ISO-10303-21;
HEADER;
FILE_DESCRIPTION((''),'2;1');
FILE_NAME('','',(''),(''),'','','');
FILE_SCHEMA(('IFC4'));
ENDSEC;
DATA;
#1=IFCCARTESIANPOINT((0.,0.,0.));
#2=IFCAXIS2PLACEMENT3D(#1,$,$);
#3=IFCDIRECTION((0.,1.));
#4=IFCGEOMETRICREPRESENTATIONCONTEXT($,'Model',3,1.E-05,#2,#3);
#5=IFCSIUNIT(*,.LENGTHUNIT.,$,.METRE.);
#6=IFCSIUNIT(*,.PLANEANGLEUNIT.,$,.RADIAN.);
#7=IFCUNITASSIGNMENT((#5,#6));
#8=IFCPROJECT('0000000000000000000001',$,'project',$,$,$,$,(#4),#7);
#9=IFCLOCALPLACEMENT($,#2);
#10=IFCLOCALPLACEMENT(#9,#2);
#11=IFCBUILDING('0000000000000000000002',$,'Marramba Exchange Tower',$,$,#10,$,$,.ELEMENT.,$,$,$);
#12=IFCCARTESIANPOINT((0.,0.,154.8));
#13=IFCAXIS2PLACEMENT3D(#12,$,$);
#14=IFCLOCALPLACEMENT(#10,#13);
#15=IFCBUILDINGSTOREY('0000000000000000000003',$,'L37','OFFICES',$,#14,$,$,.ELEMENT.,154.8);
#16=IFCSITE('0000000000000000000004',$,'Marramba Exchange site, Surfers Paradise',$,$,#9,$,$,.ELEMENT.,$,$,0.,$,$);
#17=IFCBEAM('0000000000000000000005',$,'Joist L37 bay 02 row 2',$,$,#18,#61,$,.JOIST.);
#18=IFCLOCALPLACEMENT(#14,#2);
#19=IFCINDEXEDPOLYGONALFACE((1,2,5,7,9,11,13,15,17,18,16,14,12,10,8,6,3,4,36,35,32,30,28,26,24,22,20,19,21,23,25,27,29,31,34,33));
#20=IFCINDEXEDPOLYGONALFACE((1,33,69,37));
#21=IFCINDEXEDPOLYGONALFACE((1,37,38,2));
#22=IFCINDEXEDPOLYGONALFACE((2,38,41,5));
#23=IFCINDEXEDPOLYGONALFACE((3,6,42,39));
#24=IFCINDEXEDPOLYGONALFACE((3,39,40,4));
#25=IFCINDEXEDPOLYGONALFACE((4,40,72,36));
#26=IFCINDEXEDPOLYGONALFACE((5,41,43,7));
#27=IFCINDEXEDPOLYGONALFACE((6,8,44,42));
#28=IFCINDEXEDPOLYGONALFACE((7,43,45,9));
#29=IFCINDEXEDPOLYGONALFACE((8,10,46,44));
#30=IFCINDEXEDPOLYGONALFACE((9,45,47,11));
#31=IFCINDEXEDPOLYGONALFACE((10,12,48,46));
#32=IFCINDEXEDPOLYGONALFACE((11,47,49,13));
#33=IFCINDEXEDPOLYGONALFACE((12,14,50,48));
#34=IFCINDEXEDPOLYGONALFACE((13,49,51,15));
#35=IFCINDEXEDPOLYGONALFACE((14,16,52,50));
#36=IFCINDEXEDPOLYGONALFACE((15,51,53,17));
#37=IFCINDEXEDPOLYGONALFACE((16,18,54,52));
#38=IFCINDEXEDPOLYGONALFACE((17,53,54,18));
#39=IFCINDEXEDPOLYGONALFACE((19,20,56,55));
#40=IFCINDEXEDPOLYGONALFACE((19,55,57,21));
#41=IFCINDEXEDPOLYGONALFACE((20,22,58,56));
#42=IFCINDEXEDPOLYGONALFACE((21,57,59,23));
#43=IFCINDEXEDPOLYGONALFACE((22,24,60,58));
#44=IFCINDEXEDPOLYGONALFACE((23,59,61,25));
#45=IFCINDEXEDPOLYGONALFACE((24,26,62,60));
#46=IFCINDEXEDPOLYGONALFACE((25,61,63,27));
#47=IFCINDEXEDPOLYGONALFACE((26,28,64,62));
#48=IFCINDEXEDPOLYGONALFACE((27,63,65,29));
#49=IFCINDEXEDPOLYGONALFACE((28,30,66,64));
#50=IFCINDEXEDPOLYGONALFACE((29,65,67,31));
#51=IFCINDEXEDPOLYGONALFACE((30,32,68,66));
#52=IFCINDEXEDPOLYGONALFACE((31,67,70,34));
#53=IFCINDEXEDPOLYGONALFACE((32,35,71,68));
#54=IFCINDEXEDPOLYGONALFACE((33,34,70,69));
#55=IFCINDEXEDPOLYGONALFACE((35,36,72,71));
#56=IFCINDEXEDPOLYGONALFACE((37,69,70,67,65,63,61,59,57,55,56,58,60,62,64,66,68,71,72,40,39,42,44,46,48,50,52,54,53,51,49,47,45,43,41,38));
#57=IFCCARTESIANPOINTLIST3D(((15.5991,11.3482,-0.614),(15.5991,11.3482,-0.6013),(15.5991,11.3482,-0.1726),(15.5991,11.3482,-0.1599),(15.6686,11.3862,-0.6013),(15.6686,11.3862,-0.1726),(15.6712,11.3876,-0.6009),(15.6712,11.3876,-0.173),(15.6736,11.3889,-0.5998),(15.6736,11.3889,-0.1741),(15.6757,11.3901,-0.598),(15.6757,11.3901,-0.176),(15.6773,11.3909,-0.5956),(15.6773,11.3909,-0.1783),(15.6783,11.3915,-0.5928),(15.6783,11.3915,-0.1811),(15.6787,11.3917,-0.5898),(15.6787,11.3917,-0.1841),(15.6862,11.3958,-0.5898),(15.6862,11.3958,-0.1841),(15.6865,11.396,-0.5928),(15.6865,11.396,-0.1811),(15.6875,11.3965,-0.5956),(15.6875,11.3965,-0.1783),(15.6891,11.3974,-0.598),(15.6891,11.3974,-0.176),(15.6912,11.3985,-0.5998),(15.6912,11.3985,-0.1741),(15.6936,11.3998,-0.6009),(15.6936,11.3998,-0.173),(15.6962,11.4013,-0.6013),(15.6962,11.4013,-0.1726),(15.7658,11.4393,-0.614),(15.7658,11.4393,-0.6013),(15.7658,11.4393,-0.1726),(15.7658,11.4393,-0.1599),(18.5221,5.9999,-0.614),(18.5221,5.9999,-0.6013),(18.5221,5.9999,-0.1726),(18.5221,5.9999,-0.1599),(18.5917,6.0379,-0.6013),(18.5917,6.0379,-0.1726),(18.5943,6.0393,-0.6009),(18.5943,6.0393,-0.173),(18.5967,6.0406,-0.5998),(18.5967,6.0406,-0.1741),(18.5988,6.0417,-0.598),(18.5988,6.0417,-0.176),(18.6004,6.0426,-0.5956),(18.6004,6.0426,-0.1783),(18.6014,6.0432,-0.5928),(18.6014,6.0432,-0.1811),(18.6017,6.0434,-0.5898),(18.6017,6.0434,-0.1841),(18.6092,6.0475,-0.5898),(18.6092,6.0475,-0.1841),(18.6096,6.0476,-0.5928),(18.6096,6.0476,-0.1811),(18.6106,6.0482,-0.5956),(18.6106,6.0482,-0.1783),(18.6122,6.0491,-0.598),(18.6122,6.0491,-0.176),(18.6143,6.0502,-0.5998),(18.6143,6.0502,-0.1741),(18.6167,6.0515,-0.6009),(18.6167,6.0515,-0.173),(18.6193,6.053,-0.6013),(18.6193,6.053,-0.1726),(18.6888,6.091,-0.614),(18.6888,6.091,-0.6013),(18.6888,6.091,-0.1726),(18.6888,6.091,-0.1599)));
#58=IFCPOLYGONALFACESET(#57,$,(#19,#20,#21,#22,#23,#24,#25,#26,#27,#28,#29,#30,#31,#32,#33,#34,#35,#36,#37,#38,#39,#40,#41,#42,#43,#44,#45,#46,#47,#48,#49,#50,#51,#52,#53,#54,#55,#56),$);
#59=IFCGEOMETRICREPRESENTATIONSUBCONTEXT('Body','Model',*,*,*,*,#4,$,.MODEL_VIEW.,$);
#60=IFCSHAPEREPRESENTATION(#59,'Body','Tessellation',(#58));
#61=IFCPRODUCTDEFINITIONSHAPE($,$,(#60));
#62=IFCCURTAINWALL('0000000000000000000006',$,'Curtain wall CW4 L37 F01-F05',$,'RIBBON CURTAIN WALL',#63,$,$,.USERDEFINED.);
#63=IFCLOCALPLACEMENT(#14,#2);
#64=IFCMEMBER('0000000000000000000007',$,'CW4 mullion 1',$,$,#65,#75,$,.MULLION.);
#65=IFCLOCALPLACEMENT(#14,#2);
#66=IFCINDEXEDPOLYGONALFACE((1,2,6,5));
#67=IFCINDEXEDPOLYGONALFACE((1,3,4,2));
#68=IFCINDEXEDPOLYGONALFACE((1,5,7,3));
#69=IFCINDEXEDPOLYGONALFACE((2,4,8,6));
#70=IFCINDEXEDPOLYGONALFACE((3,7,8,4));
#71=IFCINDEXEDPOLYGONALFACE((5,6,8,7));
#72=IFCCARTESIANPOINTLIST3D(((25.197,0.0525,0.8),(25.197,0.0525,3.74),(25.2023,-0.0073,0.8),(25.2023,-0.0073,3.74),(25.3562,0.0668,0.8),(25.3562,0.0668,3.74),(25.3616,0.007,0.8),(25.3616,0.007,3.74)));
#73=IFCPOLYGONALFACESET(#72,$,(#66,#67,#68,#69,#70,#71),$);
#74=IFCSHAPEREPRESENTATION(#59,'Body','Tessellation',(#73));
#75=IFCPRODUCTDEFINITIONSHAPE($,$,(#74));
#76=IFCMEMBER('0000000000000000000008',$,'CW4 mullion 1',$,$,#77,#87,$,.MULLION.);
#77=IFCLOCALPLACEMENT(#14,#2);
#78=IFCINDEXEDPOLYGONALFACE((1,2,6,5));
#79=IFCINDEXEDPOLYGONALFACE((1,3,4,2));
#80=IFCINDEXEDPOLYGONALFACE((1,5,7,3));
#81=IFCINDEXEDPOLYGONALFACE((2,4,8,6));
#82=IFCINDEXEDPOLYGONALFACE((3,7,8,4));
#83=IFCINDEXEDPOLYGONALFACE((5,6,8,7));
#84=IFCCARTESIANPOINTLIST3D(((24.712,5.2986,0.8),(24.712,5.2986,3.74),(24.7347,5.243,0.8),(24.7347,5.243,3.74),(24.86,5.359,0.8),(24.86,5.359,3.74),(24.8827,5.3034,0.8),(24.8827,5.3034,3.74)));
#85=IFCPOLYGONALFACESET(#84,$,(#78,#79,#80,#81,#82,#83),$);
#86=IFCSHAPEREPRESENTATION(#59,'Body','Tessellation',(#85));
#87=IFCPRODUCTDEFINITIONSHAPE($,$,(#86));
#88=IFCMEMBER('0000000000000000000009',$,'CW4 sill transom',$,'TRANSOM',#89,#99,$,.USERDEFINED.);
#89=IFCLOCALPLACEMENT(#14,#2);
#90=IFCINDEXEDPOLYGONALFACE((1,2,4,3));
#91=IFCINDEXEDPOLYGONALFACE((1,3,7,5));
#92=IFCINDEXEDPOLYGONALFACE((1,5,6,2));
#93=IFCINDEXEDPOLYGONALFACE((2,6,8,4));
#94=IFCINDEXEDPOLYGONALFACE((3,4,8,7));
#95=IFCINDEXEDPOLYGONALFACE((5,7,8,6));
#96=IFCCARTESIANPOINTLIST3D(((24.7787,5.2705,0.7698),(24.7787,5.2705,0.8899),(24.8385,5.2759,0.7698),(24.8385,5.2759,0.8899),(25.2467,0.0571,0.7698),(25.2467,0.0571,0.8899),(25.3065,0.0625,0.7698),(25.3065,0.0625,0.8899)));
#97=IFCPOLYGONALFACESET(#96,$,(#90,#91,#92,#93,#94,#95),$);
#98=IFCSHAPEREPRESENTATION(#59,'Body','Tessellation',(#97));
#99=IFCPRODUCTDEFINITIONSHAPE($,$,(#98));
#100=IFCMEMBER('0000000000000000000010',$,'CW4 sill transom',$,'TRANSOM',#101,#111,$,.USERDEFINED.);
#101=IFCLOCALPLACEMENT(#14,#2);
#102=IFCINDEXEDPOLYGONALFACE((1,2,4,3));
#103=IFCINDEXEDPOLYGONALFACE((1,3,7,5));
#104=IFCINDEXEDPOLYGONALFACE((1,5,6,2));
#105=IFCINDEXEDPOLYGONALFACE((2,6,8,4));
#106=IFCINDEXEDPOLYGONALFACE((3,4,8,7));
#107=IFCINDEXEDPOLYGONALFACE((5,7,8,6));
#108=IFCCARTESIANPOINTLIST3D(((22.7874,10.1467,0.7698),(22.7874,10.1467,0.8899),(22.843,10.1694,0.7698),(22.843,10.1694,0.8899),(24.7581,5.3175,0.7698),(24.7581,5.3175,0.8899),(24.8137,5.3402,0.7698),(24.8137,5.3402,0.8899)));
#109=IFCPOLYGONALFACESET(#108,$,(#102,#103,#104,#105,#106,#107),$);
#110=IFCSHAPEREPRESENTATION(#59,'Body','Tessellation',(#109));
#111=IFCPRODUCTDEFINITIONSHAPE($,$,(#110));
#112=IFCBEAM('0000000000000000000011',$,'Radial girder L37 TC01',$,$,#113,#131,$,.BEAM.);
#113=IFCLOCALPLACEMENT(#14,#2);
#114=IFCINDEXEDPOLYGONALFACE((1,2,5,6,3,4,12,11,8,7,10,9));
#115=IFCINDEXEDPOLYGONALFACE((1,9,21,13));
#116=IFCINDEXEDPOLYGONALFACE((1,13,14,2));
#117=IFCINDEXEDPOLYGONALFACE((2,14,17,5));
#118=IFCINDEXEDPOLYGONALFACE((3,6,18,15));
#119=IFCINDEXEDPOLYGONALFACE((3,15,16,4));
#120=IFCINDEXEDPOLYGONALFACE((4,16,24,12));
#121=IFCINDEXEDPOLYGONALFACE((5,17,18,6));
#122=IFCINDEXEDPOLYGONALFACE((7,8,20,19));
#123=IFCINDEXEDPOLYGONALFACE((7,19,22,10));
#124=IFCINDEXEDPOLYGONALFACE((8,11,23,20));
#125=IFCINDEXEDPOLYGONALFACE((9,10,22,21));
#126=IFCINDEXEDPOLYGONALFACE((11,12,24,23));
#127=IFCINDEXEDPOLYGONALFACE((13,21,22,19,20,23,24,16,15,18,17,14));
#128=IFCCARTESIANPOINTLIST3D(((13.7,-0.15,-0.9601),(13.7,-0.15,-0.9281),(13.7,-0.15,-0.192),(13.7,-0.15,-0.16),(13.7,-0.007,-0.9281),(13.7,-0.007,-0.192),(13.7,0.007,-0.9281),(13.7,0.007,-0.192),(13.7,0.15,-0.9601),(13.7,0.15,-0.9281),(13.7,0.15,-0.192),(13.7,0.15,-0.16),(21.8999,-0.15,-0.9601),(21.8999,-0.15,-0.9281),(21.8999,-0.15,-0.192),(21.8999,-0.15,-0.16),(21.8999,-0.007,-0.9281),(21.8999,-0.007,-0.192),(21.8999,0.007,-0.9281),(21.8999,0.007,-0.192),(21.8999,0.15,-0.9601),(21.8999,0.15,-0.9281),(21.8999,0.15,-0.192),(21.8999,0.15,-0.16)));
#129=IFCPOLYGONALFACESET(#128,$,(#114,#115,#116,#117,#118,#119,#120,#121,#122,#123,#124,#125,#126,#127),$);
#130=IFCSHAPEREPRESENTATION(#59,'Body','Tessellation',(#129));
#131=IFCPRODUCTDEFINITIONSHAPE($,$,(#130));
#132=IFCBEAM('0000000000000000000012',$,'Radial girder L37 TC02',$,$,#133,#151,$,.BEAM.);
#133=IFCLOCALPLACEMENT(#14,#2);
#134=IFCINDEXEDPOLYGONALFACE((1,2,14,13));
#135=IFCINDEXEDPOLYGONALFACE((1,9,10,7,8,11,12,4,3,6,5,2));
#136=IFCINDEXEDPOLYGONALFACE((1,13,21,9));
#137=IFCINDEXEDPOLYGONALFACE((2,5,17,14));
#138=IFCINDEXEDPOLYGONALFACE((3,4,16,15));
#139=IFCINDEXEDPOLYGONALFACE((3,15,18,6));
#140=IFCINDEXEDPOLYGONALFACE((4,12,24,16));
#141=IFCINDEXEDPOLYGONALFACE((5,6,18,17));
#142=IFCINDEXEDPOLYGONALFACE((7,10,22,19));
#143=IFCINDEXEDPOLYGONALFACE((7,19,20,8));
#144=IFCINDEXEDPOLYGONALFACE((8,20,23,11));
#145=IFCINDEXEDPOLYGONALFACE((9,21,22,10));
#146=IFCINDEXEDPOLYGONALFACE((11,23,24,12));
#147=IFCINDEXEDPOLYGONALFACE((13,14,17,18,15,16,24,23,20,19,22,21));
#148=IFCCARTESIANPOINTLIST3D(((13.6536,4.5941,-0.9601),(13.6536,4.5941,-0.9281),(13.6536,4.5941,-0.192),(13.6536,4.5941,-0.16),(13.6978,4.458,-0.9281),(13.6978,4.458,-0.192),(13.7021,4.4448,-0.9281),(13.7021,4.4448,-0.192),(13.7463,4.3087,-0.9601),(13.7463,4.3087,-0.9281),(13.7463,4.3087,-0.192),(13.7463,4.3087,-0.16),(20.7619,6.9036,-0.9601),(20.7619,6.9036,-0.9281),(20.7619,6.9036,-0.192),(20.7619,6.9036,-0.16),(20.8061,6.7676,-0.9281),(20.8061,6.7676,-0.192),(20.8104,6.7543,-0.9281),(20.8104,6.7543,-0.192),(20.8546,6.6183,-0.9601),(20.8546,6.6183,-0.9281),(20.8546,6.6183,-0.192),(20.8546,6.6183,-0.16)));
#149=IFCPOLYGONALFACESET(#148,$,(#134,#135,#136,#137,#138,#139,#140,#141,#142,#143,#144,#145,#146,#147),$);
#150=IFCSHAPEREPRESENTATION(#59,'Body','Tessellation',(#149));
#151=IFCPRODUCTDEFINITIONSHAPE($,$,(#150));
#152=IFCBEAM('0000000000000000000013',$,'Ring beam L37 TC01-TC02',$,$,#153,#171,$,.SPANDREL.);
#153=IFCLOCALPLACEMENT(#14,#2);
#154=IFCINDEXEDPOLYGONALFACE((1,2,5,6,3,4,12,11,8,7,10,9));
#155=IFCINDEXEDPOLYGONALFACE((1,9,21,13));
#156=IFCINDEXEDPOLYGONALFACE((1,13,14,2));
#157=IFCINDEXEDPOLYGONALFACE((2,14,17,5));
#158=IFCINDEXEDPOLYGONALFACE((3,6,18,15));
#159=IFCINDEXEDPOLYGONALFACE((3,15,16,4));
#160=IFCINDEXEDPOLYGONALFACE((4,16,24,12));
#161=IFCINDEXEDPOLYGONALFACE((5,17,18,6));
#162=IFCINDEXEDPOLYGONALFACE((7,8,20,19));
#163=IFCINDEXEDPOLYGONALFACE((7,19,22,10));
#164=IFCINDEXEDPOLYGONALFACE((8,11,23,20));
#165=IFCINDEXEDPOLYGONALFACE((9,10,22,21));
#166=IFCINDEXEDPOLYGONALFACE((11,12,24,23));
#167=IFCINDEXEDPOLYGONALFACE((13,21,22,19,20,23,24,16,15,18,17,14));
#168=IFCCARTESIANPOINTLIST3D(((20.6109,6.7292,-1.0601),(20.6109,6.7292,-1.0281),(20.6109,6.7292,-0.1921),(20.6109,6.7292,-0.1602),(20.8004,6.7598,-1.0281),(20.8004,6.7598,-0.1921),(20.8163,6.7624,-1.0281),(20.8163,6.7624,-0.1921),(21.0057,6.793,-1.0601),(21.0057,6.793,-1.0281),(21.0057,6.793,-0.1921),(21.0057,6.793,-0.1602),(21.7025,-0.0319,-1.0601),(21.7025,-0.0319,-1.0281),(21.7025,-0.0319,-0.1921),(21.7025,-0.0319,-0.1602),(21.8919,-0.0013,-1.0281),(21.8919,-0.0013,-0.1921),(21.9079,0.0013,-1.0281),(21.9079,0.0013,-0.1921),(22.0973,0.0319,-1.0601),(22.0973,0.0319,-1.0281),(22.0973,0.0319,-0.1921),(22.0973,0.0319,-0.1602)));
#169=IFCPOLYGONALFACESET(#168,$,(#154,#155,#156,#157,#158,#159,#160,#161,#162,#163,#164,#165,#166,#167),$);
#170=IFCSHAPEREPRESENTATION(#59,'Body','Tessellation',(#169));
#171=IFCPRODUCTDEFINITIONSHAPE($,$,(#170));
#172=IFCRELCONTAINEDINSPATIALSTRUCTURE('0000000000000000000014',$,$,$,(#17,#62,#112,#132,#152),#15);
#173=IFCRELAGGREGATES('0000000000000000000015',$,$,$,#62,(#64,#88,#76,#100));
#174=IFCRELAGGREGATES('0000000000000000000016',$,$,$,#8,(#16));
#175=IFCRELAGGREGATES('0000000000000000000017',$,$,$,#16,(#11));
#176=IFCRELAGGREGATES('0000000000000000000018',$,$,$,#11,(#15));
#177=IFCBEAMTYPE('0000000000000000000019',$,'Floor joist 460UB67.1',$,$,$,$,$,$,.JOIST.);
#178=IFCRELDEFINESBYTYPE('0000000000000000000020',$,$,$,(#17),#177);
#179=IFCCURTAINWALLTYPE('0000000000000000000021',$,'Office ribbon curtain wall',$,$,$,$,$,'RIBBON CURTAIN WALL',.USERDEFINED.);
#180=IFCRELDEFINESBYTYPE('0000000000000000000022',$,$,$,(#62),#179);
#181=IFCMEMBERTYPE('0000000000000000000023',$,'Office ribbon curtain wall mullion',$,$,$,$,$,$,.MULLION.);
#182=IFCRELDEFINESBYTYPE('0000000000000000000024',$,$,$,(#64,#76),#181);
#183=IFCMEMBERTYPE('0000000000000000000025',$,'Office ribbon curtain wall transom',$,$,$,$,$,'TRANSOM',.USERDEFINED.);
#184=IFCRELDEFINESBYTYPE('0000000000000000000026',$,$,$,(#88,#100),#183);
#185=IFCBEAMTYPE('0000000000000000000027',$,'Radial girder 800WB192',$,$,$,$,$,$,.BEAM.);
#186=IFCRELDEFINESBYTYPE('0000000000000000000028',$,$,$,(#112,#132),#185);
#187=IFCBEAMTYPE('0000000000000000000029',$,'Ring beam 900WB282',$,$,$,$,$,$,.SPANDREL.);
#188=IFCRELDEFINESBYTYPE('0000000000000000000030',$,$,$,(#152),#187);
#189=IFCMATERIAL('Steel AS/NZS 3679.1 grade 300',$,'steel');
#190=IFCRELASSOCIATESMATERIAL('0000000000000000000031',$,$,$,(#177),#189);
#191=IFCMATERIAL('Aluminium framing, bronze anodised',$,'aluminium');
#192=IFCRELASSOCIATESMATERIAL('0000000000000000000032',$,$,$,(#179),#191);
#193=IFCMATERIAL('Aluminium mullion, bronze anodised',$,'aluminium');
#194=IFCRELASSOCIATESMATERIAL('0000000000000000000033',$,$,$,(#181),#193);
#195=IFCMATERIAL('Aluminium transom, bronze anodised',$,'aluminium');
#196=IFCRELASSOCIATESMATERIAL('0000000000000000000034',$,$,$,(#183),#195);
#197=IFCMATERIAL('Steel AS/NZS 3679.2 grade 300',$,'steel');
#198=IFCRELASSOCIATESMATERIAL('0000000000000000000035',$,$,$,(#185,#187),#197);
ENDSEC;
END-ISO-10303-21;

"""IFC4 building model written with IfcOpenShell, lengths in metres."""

from ifc_helpers import new_model, si_unit, direction, frame, origin, origin_2d, place, context, subcontext, project, spatial, rectangle, i_section, extrude, material, material_profile, profile_set, type_object, element, aggregate, save


model = new_model("IFC4")

# Units and contexts
model_context = context("Model", 3, precision=1e-05, world=origin(), true_north=direction((0.0, 1.0)))
body_context = subcontext(model_context, "Body", "Model", "MODEL_VIEW")
ifc_project = project(units=[si_unit("LENGTHUNIT", "METRE"), si_unit("PLANEANGLEUNIT", "RADIAN")], contexts=[model_context])

# Site, building, storey
site_placement = place(None, origin())
site = spatial("IfcSite", under=ifc_project, at=site_placement, Name="Marramba Exchange site, Surfers Paradise", CompositionType="ELEMENT", RefElevation=0.0)
building_placement = place(site_placement, origin())
building = spatial("IfcBuilding", under=site, at=building_placement, Name="Marramba Exchange Tower", CompositionType="ELEMENT")
storey_placement = place(building_placement, frame((0.0, 0.0, 154.8)))
storey = spatial("IfcBuildingStorey", under=building, at=storey_placement, Name="L37", Description="OFFICES", CompositionType="ELEMENT", Elevation=154.8)

# Beam
ifc_material_1 = material(Name="Steel AS/NZS 3679.2 grade 300", Category="steel")
ifc_material_2 = material(Name="Steel AS/NZS 3679.1 grade 300", Category="steel")
ifc_material_profile_1 = material_profile(ifc_material_2, i_section(OverallWidth=0.1899, OverallDepth=0.4541, WebThickness=0.0085, FlangeThickness=0.0127, FilletRadius=0.0115, at=origin_2d()), Name="460UB67.1")
ifc_profile_set_1 = profile_set([ifc_material_profile_1], Name="Steel AS/NZS 3679.1 grade 300")
beam_type_1 = type_object("IfcBeamType", Name="Floor joist 460UB67.1", PredefinedType="JOIST", material=ifc_profile_set_1)
beam_1_placement = place(storey_placement, frame((18.6055, 6.0454, -0.387), z_axis=(-0.479584, 0.877496, 0.0), x_axis=(-0.877496, -0.479584, 0.0)))
element("IfcBeam", 1, at=beam_1_placement, inside=storey, type_object=beam_type_1, Name="Joist L37 bay 02 row 2", PredefinedType="JOIST", context=body_context, shape_type="SweptSolid", body=[
    extrude(i_section(OverallWidth=0.1899, OverallDepth=0.4541, WebThickness=0.0085, FlangeThickness=0.0127, FilletRadius=0.0115, at=origin_2d()), origin(), (0.0, 0.0, 1.0), 6.095),
])

# Curtain wall, members
ifc_material_3 = material(Name="Aluminium framing, bronze anodised", Category="aluminium")
curtain_wall_type = type_object("IfcCurtainWallType", Name="Office ribbon curtain wall", ElementType="RIBBON CURTAIN WALL", PredefinedType="USERDEFINED", material=ifc_material_3)
curtain_wall_placement = place(storey_placement, origin())
curtain_wall = element("IfcCurtainWall", 2, at=curtain_wall_placement, inside=storey, type_object=curtain_wall_type, Name="Curtain wall CW4 L37 F01-F05", ObjectType="RIBBON CURTAIN WALL", PredefinedType="USERDEFINED")
ifc_material_4 = material(Name="Aluminium mullion, bronze anodised", Category="aluminium")
ifc_material_profile_2 = material_profile(ifc_material_4, rectangle(XDim=0.1599, YDim=0.0601, at=origin_2d()), Name="CW4 mullion 60x160")
ifc_profile_set_2 = profile_set([ifc_material_profile_2], Name="Aluminium mullion, bronze anodised")
member_type_1 = type_object("IfcMemberType", Name="Office ribbon curtain wall mullion", PredefinedType="MULLION", material=ifc_profile_set_2)
member_1_placement = place(storey_placement, frame((25.2793, 0.0298, 0.8), z_axis=(0.0, 0.0, 1.0), x_axis=(-0.995995, -0.089413, 0.0)))
member_1 = element("IfcMember", 3, at=member_1_placement, type_object=member_type_1, Name="CW4 mullion 1", PredefinedType="MULLION", context=body_context, shape_type="SweptSolid", body=[
    extrude(rectangle(XDim=0.1599, YDim=0.0601, at=origin_2d()), origin(), (0.0, 0.0, 1.0), 2.9399),
])
member_2_placement = place(storey_placement, frame((24.7974, 5.301, 0.8), z_axis=(0.0, 0.0, 1.0), x_axis=(-0.925879, -0.377821, 0.0)))
member_2 = element("IfcMember", 4, at=member_2_placement, type_object=member_type_1, Name="CW4 mullion 1", PredefinedType="MULLION", context=body_context, shape_type="SweptSolid", body=[
    extrude(rectangle(XDim=0.1599, YDim=0.0601, at=origin_2d()), origin(), (0.0, 0.0, 1.0), 2.9399),
])
ifc_material_5 = material(Name="Aluminium transom, bronze anodised", Category="aluminium")
ifc_material_profile_3 = material_profile(ifc_material_5, rectangle(XDim=0.0601, YDim=0.1201, at=origin_2d()), Name="CW4 transom 60x120")
ifc_profile_set_3 = profile_set([ifc_material_profile_3], Name="Aluminium transom, bronze anodised")
member_type_2 = type_object("IfcMemberType", Name="Office ribbon curtain wall transom", ElementType="TRANSOM", PredefinedType="USERDEFINED", material=ifc_profile_set_3)
member_3_placement = place(storey_placement, frame((25.2766, 0.0598, 0.8298), z_axis=(-0.089413, 0.995995, 0.0), x_axis=(-0.995995, -0.089413, 0.0)))
member_3 = element("IfcMember", 5, at=member_3_placement, type_object=member_type_2, Name="CW4 sill transom", ObjectType="TRANSOM", PredefinedType="USERDEFINED", context=body_context, shape_type="SweptSolid", body=[
    extrude(rectangle(XDim=0.0601, YDim=0.1201, at=origin_2d()), origin(), (0.0, 0.0, 1.0), 5.2344),
])
member_4_placement = place(storey_placement, frame((24.7859, 5.3289, 0.8298), z_axis=(-0.377838, 0.925872, 0.0), x_axis=(-0.925872, -0.377838, 0.0)))
member_4 = element("IfcMember", 6, at=member_4_placement, type_object=member_type_2, Name="CW4 sill transom", ObjectType="TRANSOM", PredefinedType="USERDEFINED", context=body_context, shape_type="SweptSolid", body=[
    extrude(rectangle(XDim=0.0601, YDim=0.1201, at=origin_2d()), origin(), (0.0, 0.0, 1.0), 5.2158),
])

# Beams
ifc_material_profile_4 = material_profile(ifc_material_1, i_section(OverallWidth=0.3, OverallDepth=0.8, WebThickness=0.0139, FlangeThickness=0.032, at=origin_2d()), Name="800WB192")
ifc_profile_set_4 = profile_set([ifc_material_profile_4], Name="Steel AS/NZS 3679.2 grade 300")
beam_type_2 = type_object("IfcBeamType", Name="Radial girder 800WB192", PredefinedType="BEAM", material=ifc_profile_set_4)
beam_2_placement = place(storey_placement, frame((13.7, 0.0, -0.5601), z_axis=(1.0, 0.0, 0.0), x_axis=(0.0, 1.0, 0.0)))
element("IfcBeam", 7, at=beam_2_placement, inside=storey, type_object=beam_type_2, Name="Radial girder L37 TC01", PredefinedType="BEAM", context=body_context, shape_type="SweptSolid", body=[
    extrude(i_section(OverallWidth=0.3, OverallDepth=0.8, WebThickness=0.0139, FlangeThickness=0.032, at=origin_2d()), origin(), (0.0, 0.0, 1.0), 8.2),
])
beam_3_placement = place(storey_placement, frame((13.7, 4.4514, -0.5601), z_axis=(0.95106, 0.309006, 0.0), x_axis=(-0.309006, 0.95106, 0.0)))
element("IfcBeam", 8, at=beam_3_placement, inside=storey, type_object=beam_type_2, Name="Radial girder L37 TC02", PredefinedType="BEAM", context=body_context, shape_type="SweptSolid", body=[
    extrude(i_section(OverallWidth=0.3, OverallDepth=0.8, WebThickness=0.0139, FlangeThickness=0.032, at=origin_2d()), origin(), (0.0, 0.0, 1.0), 7.4741),
])
ifc_material_profile_5 = material_profile(ifc_material_1, i_section(OverallWidth=0.3999, OverallDepth=0.8999, WebThickness=0.0161, FlangeThickness=0.032, at=origin_2d()), Name="900WB282")
ifc_profile_set_5 = profile_set([ifc_material_profile_5], Name="Steel AS/NZS 3679.2 grade 300")
beam_type_3 = type_object("IfcBeamType", Name="Ring beam 900WB282", PredefinedType="SPANDREL", material=ifc_profile_set_5)
beam_4_placement = place(storey_placement, frame((21.8999, 0.0, -0.6101), z_axis=(-0.159385, 0.987217, 0.0), x_axis=(-0.987217, -0.159385, 0.0)))
element("IfcBeam", 9, at=beam_4_placement, inside=storey, type_object=beam_type_3, Name="Ring beam L37 TC01-TC02", PredefinedType="SPANDREL", context=body_context, shape_type="SweptSolid", body=[
    extrude(i_section(OverallWidth=0.3999, OverallDepth=0.8999, WebThickness=0.0161, FlangeThickness=0.032, at=origin_2d()), origin(), (0.0, 0.0, 1.0), 6.8486),
])

aggregate(curtain_wall, [member_1, member_3, member_2, member_4])

save(model, "model.ifc")
